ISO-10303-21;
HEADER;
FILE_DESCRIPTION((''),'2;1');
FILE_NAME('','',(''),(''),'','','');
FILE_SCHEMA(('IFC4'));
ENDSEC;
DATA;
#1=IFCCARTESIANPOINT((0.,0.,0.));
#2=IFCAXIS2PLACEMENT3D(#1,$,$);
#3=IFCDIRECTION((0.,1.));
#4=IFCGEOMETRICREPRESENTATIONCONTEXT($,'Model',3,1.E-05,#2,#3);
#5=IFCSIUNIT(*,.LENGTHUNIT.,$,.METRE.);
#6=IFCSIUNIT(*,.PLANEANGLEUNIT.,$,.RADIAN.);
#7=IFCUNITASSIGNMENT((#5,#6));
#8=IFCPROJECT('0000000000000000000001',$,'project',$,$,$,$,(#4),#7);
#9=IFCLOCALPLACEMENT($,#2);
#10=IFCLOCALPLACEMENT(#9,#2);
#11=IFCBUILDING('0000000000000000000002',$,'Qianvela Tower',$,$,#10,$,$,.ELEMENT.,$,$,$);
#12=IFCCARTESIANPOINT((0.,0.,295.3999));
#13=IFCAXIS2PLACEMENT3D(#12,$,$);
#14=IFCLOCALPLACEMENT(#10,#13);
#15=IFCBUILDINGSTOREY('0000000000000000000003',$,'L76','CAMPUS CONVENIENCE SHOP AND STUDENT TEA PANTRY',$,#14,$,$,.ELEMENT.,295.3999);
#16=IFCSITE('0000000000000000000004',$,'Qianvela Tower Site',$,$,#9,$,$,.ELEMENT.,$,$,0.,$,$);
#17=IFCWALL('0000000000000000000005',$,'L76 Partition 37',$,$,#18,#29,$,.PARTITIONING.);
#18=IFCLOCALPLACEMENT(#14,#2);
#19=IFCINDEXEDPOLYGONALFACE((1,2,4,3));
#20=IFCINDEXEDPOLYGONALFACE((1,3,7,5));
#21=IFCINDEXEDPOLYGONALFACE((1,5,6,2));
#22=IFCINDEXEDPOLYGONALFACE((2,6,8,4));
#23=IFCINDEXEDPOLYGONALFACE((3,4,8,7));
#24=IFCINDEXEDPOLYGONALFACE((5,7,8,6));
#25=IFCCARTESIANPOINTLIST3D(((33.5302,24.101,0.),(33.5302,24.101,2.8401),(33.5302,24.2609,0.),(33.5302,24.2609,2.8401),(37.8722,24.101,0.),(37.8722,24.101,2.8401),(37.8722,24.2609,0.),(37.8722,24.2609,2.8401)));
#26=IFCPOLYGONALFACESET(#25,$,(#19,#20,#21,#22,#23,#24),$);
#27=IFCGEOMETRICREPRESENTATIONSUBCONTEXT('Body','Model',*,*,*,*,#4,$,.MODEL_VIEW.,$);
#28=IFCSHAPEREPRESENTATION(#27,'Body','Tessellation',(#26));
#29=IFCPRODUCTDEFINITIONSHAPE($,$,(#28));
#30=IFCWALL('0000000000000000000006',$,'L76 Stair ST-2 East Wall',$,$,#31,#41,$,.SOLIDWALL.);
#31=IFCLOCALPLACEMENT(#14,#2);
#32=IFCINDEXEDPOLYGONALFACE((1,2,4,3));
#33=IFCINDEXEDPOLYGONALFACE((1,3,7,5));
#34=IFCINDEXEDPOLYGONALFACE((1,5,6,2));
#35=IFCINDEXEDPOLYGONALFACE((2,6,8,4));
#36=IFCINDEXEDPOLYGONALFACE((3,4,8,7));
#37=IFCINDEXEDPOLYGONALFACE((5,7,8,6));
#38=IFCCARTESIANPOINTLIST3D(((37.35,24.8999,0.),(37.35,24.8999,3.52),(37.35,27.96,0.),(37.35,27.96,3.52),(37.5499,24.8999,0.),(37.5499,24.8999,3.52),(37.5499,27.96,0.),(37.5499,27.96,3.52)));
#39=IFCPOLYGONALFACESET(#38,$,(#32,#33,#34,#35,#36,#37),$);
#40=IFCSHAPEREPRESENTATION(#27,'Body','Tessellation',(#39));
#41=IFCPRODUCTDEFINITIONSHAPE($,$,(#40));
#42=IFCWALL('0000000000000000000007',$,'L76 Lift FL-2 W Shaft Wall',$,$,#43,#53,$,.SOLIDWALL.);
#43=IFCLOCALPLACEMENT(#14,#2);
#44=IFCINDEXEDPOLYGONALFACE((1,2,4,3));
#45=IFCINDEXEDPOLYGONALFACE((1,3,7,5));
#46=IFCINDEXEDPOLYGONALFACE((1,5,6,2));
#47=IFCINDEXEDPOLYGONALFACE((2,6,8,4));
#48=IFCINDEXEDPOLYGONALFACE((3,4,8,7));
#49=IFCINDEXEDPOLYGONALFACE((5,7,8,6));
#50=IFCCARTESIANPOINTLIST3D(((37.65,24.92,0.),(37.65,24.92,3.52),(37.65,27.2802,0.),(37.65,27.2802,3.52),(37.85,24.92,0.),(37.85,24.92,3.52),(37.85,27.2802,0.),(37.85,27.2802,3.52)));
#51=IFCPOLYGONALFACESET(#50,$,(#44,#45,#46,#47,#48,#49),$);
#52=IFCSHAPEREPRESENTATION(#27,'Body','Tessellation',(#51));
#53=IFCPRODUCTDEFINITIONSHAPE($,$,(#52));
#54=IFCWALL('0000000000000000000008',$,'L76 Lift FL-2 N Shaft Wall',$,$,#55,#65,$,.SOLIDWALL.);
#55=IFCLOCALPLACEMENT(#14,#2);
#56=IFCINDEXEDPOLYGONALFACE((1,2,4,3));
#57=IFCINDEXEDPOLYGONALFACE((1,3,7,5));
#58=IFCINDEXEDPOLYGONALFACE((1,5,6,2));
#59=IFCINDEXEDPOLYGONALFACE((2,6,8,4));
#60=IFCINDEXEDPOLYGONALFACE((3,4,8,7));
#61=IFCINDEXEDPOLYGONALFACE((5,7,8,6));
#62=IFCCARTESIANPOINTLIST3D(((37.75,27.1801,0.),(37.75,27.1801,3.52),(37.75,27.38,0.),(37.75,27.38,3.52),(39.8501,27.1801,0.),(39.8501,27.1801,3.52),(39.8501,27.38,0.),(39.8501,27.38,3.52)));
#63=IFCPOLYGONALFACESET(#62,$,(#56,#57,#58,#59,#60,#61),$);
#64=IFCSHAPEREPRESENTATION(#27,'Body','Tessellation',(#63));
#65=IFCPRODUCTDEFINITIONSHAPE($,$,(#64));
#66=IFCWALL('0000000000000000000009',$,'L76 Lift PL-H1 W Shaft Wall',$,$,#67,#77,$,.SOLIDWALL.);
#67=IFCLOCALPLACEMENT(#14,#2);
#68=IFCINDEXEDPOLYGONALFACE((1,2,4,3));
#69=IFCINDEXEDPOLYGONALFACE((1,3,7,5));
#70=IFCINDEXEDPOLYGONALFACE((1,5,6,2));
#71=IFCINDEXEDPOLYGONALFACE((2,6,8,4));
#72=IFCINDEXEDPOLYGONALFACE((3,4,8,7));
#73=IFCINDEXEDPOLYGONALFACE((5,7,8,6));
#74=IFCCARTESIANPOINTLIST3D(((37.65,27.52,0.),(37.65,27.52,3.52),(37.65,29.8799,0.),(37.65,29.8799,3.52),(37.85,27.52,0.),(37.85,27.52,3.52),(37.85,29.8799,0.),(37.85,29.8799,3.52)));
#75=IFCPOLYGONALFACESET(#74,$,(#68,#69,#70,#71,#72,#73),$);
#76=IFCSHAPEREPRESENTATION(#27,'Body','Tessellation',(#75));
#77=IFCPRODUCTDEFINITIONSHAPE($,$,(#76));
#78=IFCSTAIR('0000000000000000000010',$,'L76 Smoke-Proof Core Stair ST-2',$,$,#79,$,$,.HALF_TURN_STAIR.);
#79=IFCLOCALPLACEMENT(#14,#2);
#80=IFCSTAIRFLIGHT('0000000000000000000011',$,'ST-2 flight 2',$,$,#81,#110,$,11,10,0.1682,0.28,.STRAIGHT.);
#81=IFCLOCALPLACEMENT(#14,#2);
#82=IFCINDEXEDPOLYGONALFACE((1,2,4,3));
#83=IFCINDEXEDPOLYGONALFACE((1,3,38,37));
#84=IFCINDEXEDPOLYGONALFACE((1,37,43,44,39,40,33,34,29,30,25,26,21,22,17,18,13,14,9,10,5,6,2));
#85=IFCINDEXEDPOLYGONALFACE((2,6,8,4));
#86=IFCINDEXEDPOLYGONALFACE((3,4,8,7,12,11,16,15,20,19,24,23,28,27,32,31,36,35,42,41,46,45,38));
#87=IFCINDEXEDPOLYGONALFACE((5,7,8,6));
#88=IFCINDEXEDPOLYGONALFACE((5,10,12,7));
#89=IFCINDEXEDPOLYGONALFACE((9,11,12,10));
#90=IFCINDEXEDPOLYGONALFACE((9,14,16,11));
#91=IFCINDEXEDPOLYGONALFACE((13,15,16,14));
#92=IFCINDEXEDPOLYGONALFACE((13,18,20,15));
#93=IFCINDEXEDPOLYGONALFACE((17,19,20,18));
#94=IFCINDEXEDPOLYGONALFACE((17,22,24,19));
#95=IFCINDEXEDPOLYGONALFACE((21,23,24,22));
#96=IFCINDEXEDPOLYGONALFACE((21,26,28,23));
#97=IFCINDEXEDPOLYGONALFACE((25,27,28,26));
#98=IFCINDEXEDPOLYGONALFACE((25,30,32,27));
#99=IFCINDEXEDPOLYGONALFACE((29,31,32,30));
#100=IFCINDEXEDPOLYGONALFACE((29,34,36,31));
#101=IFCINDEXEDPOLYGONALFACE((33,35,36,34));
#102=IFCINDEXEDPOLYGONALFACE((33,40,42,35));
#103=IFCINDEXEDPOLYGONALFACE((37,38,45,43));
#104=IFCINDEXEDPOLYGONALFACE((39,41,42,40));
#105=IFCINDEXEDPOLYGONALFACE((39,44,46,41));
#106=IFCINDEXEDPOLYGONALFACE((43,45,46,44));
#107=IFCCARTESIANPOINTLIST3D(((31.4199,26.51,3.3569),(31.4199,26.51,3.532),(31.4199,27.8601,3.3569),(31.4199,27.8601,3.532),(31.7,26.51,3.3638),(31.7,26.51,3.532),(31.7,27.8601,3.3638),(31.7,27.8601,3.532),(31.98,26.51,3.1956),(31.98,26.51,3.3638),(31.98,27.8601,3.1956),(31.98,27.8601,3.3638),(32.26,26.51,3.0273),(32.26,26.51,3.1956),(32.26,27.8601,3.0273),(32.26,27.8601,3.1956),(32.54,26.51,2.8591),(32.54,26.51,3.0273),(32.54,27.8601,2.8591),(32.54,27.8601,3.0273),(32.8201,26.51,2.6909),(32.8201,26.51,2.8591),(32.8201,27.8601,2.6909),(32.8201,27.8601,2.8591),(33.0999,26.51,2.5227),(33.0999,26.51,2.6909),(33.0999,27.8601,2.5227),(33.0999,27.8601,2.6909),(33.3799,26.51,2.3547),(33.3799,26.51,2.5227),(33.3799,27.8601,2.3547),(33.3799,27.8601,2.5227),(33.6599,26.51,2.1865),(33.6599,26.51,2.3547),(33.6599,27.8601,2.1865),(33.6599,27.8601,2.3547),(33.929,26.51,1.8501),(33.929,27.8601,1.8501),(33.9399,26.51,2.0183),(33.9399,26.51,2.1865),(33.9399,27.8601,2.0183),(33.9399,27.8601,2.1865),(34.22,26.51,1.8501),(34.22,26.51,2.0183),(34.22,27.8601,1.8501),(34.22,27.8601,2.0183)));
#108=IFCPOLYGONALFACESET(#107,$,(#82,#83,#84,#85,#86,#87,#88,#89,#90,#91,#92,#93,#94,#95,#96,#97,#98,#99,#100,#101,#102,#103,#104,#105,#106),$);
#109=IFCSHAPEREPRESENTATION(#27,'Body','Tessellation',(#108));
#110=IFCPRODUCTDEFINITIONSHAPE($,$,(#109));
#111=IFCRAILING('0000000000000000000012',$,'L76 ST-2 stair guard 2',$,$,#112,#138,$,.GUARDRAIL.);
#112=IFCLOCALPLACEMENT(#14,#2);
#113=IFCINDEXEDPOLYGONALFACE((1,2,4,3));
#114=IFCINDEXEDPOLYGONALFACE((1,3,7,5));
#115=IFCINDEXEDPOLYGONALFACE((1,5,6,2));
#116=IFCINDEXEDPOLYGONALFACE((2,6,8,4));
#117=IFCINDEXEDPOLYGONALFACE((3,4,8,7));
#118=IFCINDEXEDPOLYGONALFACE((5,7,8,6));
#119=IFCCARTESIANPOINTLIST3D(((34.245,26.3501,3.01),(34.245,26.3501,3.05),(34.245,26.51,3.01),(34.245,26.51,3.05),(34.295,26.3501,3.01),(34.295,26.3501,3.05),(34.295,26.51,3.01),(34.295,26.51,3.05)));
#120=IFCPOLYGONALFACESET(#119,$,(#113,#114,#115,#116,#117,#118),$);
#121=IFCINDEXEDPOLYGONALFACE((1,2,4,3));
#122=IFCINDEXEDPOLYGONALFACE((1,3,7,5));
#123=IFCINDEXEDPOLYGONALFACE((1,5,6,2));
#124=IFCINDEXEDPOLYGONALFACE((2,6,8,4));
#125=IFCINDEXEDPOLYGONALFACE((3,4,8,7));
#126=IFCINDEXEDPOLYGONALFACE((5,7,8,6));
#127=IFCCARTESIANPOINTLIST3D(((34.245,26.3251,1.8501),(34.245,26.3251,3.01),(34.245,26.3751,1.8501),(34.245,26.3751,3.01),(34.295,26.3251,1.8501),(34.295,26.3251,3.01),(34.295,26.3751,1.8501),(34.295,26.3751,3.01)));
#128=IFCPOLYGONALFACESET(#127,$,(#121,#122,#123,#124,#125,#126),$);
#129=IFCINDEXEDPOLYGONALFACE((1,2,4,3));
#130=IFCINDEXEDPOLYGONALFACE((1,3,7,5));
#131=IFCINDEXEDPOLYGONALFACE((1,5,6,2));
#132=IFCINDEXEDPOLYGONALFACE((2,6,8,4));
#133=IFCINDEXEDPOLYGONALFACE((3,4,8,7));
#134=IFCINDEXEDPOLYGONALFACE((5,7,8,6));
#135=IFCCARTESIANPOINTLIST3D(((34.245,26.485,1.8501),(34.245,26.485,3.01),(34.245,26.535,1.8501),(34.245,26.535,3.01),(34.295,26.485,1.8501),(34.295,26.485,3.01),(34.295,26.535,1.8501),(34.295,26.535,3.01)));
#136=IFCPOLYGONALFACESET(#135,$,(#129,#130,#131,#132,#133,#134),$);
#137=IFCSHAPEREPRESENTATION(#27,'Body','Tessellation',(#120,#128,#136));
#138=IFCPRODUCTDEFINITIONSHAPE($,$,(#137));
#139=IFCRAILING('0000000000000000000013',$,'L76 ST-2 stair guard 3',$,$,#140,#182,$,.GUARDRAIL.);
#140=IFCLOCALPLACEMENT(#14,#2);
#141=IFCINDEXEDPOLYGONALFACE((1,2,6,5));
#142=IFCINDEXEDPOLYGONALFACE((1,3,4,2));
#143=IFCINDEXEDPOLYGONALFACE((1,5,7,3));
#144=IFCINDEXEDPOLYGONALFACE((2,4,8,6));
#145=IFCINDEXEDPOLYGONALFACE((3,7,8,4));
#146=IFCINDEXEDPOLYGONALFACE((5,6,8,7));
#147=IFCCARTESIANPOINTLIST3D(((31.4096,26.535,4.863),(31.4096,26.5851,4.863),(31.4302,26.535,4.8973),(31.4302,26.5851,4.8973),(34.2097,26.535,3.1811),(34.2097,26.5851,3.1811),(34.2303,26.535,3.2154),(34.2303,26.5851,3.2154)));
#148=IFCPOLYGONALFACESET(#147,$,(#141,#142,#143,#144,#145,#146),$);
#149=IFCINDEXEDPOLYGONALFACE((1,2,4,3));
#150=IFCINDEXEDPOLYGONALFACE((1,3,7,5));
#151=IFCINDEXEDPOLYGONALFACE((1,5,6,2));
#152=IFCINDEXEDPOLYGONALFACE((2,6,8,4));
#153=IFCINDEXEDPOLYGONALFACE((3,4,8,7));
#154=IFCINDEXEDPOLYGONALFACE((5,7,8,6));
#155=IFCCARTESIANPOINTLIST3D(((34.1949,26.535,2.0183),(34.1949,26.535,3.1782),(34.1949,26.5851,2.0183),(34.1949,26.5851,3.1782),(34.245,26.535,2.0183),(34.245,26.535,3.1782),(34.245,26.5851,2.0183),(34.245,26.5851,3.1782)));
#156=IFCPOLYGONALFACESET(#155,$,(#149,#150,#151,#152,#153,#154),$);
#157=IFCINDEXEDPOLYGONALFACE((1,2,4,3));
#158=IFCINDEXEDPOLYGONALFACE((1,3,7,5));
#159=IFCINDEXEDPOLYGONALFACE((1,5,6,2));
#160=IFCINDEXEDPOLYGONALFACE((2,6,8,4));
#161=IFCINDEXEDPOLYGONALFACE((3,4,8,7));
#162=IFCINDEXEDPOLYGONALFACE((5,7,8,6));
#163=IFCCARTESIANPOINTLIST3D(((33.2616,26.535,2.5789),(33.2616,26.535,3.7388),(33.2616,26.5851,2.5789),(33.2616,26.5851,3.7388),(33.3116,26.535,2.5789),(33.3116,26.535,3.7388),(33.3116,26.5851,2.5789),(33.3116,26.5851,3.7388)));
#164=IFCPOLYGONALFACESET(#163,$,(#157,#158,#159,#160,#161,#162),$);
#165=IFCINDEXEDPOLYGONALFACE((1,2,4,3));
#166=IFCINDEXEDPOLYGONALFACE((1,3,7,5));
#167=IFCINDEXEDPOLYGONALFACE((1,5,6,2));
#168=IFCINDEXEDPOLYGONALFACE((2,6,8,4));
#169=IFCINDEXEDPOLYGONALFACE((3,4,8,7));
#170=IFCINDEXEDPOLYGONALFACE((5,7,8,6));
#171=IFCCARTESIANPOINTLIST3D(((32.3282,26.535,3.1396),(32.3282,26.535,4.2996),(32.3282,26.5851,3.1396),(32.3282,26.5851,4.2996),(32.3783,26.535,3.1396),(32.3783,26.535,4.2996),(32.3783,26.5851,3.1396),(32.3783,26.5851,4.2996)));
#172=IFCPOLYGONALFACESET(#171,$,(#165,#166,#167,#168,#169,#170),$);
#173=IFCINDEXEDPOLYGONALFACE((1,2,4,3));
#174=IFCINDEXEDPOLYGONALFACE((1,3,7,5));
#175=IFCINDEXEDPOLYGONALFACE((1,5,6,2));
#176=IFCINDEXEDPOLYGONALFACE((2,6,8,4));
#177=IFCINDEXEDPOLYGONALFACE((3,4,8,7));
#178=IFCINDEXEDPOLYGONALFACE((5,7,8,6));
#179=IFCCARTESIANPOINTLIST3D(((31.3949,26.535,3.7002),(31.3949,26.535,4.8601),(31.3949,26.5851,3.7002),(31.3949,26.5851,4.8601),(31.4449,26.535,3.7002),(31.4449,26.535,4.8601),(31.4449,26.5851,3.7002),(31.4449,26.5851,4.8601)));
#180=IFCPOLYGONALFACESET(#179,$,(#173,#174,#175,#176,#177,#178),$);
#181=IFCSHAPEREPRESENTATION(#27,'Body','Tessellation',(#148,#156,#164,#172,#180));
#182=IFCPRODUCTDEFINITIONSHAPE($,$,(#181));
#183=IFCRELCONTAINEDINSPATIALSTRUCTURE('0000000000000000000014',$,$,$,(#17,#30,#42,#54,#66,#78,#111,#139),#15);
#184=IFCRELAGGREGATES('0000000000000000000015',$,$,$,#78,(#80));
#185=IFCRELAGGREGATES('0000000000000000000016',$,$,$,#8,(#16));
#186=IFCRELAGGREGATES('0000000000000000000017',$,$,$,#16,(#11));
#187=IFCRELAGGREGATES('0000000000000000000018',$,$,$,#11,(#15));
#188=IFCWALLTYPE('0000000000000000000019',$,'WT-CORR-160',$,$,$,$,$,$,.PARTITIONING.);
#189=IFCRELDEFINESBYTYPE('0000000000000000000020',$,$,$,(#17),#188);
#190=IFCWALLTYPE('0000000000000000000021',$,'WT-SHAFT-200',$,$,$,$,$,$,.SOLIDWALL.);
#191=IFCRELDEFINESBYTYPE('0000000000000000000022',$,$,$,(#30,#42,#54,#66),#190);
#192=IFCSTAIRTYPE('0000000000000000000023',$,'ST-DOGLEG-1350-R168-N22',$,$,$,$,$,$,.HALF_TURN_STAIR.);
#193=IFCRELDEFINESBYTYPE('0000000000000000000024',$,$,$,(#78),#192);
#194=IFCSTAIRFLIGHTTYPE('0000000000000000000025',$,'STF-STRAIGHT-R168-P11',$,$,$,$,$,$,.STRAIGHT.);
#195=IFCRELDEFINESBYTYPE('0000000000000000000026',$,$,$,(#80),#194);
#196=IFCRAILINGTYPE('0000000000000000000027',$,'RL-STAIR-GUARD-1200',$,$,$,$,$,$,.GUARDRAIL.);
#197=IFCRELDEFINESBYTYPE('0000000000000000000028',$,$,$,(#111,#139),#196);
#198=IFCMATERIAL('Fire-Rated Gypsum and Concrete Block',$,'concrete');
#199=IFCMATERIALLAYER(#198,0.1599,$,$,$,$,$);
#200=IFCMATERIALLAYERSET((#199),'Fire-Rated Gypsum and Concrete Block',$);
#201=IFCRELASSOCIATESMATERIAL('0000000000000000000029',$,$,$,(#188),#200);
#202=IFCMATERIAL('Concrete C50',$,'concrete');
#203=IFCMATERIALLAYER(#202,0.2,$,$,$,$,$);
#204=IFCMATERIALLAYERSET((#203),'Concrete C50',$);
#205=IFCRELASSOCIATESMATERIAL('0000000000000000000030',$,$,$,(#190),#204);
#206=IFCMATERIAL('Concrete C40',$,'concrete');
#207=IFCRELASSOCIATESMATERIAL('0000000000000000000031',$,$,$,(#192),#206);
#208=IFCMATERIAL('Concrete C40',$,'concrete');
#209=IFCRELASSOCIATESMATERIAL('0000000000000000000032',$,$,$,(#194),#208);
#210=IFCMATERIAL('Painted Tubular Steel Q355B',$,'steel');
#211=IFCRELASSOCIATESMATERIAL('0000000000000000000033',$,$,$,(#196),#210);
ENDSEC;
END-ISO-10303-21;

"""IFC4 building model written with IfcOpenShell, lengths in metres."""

from ifc_helpers import new_model, si_unit, direction, frame, frame_2d, origin, origin_2d, place, context, subcontext, project, spatial, polyline, rectangle, outline, extrude, material, layer, layer_set, type_object, element, aggregate, save


model = new_model("IFC4")

# Units and contexts
model_context = context("Model", 3, precision=1e-05, world=origin(), true_north=direction((0.0, 1.0)))
body_context = subcontext(model_context, "Body", "Model", "MODEL_VIEW")
ifc_project = project(units=[si_unit("LENGTHUNIT", "METRE"), si_unit("PLANEANGLEUNIT", "RADIAN")], contexts=[model_context])

# Site, building, storey
site_placement = place(None, origin())
site = spatial("IfcSite", under=ifc_project, at=site_placement, Name="Qianvela Tower Site", CompositionType="ELEMENT", RefElevation=0.0)
building_placement = place(site_placement, origin())
building = spatial("IfcBuilding", under=site, at=building_placement, Name="Qianvela Tower", CompositionType="ELEMENT")
storey_placement = place(building_placement, frame((0.0, 0.0, 295.3999)))
storey = spatial("IfcBuildingStorey", under=building, at=storey_placement, Name="L76", Description="CAMPUS CONVENIENCE SHOP AND STUDENT TEA PANTRY", CompositionType="ELEMENT", Elevation=295.3999)

# Walls
ifc_material_1 = material(Name="Fire-Rated Gypsum and Concrete Block", Category="concrete")
ifc_layer_1 = layer(ifc_material_1, 0.1599)
ifc_layer_set_1 = layer_set([ifc_layer_1], Name="Fire-Rated Gypsum and Concrete Block")
wall_type_1 = type_object("IfcWallType", Name="WT-CORR-160", PredefinedType="PARTITIONING", material=ifc_layer_set_1)
wall_1_placement = place(storey_placement, frame((37.8721, 24.1809, 0.0), z_axis=(0.0, 0.0, 1.0), x_axis=(-1.0, 0.0, 0.0)))
element("IfcWall", 1, at=wall_1_placement, inside=storey, type_object=wall_type_1, Name="L76 Partition 37", PredefinedType="PARTITIONING", context=body_context, shape_type="SweptSolid", body=[
    extrude(rectangle(XDim=4.342, YDim=0.1599, at=frame_2d((2.1709, 0.0))), origin(), (0.0, 0.0, 1.0), 2.8401),
])
ifc_material_2 = material(Name="Concrete C50", Category="concrete")
ifc_layer_2 = layer(ifc_material_2, 0.2)
ifc_layer_set_2 = layer_set([ifc_layer_2], Name="Concrete C50")
wall_type_2 = type_object("IfcWallType", Name="WT-SHAFT-200", PredefinedType="SOLIDWALL", material=ifc_layer_set_2)
wall_2_placement = place(storey_placement, frame((37.45, 24.8999, 0.0), z_axis=(0.0, 0.0, 1.0), x_axis=(0.0, 1.0, 0.0)))
element("IfcWall", 2, at=wall_2_placement, inside=storey, type_object=wall_type_2, Name="L76 Stair ST-2 East Wall", PredefinedType="SOLIDWALL", context=body_context, shape_type="SweptSolid", body=[
    extrude(rectangle(XDim=3.0601, YDim=0.2, at=frame_2d((1.53, 0.0))), origin(), (0.0, 0.0, 1.0), 3.52),
])

# Walls
wall_3_placement = place(storey_placement, frame((37.75, 24.9199, 0.0), z_axis=(0.0, 0.0, 1.0), x_axis=(0.0, 1.0, 0.0)))
element("IfcWall", 3, at=wall_3_placement, inside=storey, type_object=wall_type_2, Name="L76 Lift FL-2 W Shaft Wall", PredefinedType="SOLIDWALL", context=body_context, shape_type="SweptSolid", body=[
    extrude(rectangle(XDim=2.3601, YDim=0.2, at=frame_2d((1.1802, 0.0))), origin(), (0.0, 0.0, 1.0), 3.52),
])
wall_4_placement = place(storey_placement, frame((37.75, 27.28, 0.0), z_axis=(0.0, 0.0, 1.0), x_axis=(1.0, 0.0, 0.0)))
element("IfcWall", 4, at=wall_4_placement, inside=storey, type_object=wall_type_2, Name="L76 Lift FL-2 N Shaft Wall", PredefinedType="SOLIDWALL", context=body_context, shape_type="SweptSolid", body=[
    extrude(rectangle(XDim=2.1001, YDim=0.2, at=frame_2d((1.05, 0.0))), origin(), (0.0, 0.0, 1.0), 3.52),
])
wall_5_placement = place(storey_placement, frame((37.75, 27.52, 0.0), z_axis=(0.0, 0.0, 1.0), x_axis=(0.0, 1.0, 0.0)))
element("IfcWall", 5, at=wall_5_placement, inside=storey, type_object=wall_type_2, Name="L76 Lift PL-H1 W Shaft Wall", PredefinedType="SOLIDWALL", context=body_context, shape_type="SweptSolid", body=[
    extrude(rectangle(XDim=2.3599, YDim=0.2, at=frame_2d((1.1799, 0.0))), origin(), (0.0, 0.0, 1.0), 3.52),
])

# Stair, stair flight
ifc_material_3 = material(Name="Concrete C40", Category="concrete")
stair_type = type_object("IfcStairType", Name="ST-DOGLEG-1350-R168-N22", PredefinedType="HALF_TURN_STAIR", material=ifc_material_3)
stair_placement = place(storey_placement, origin())
stair = element("IfcStair", 6, at=stair_placement, inside=storey, type_object=stair_type, Name="L76 Smoke-Proof Core Stair ST-2", PredefinedType="HALF_TURN_STAIR")
ifc_material_4 = material(Name="Concrete C40", Category="concrete")
stair_flight_type = type_object("IfcStairFlightType", Name="STF-STRAIGHT-R168-P11", PredefinedType="STRAIGHT", material=ifc_material_4)
stair_flight_placement = place(storey_placement, frame((34.22, 27.1851, 1.8501), z_axis=(0.0, 0.0, 1.0), x_axis=(-1.0, 0.0, 0.0)))
stair_flight = element("IfcStairFlight", 7, at=stair_flight_placement, type_object=stair_flight_type, Name="ST-2 flight 2", NumberOfRisers=11, NumberOfTreads=10, PredefinedType="STRAIGHT", RiserHeight=0.1682, TreadLength=0.28, context=body_context, shape_type="SweptSolid", body=[
    extrude(outline(polyline([(0.0, 0.0), (0.0, 0.1682), (0.28, 0.1682), (0.28, 0.3364), (0.5601, 0.3364), (0.5601, 0.5046), (0.8401, 0.5046), (0.8401, 0.6726), (1.1201, 0.6726), (1.1201, 0.8408), (1.3999, 0.8408), (1.3999, 1.009), (1.6799, 1.009), (1.6799, 1.1772), (1.96, 1.1772), (1.96, 1.3455), (2.24, 1.3455), (2.24, 1.5137), (2.52, 1.5137), (2.52, 1.6819), (2.8, 1.6819), (2.8, 1.8501), (2.8, 1.5068), (0.291, 0.0), (0.0, 0.0)])), frame((0.0, 0.675, 0.0), z_axis=(0.0, -1.0, 0.0), x_axis=(1.0, 0.0, 0.0)), (0.0, 0.0, 1.0), 1.3501),
])
aggregate(stair, [stair_flight])

# Railings
ifc_material_5 = material(Name="Painted Tubular Steel Q355B", Category="steel")
railing_type = type_object("IfcRailingType", Name="RL-STAIR-GUARD-1200", PredefinedType="GUARDRAIL", material=ifc_material_5)
railing_1_placement = place(storey_placement, frame((34.27, 26.3501, 1.8501)))
element("IfcRailing", 8, at=railing_1_placement, inside=storey, type_object=railing_type, Name="L76 ST-2 stair guard 2", PredefinedType="GUARDRAIL", context=body_context, shape_type="SweptSolid", body=[
    extrude(rectangle(XDim=0.05, YDim=0.04, at=origin_2d()), frame((0.0, 0.0, 1.1799), z_axis=(0.0, 1.0, 0.0), x_axis=(-1.0, 0.0, 0.0)), (0.0, 0.0, 1.0), 0.1599),
    extrude(rectangle(XDim=0.05, YDim=0.05, at=origin_2d()), origin(), (0.0, 0.0, 1.0), 1.1599),
    extrude(rectangle(XDim=0.05, YDim=0.05, at=origin_2d()), frame((0.0, 0.1599, 0.0)), (0.0, 0.0, 1.0), 1.1599),
])
railing_2_placement = place(storey_placement, frame((34.22, 26.5601, 2.0183)))
element("IfcRailing", 9, at=railing_2_placement, inside=storey, type_object=railing_type, Name="L76 ST-2 stair guard 3", PredefinedType="GUARDRAIL", context=body_context, shape_type="SweptSolid", body=[
    extrude(rectangle(XDim=0.05, YDim=0.04, at=origin_2d()), frame((0.0, 0.0, 1.1799), z_axis=(-0.857242, 0.0, 0.514913), x_axis=(0.0, -1.0, 0.0)), (0.0, 0.0, 1.0), 3.2664),
    extrude(rectangle(XDim=0.05, YDim=0.05, at=origin_2d()), origin(), (0.0, 0.0, 1.0), 1.1599),
    extrude(rectangle(XDim=0.05, YDim=0.05, at=origin_2d()), frame((-0.9333, 0.0, 0.5605)), (0.0, 0.0, 1.0), 1.1599),
    extrude(rectangle(XDim=0.05, YDim=0.05, at=origin_2d()), frame((-1.8667, 0.0, 1.1213)), (0.0, 0.0, 1.0), 1.1599),
    extrude(rectangle(XDim=0.05, YDim=0.05, at=origin_2d()), frame((-2.8, 0.0, 1.6819)), (0.0, 0.0, 1.0), 1.1599),
])

save(model, "model.ifc")
